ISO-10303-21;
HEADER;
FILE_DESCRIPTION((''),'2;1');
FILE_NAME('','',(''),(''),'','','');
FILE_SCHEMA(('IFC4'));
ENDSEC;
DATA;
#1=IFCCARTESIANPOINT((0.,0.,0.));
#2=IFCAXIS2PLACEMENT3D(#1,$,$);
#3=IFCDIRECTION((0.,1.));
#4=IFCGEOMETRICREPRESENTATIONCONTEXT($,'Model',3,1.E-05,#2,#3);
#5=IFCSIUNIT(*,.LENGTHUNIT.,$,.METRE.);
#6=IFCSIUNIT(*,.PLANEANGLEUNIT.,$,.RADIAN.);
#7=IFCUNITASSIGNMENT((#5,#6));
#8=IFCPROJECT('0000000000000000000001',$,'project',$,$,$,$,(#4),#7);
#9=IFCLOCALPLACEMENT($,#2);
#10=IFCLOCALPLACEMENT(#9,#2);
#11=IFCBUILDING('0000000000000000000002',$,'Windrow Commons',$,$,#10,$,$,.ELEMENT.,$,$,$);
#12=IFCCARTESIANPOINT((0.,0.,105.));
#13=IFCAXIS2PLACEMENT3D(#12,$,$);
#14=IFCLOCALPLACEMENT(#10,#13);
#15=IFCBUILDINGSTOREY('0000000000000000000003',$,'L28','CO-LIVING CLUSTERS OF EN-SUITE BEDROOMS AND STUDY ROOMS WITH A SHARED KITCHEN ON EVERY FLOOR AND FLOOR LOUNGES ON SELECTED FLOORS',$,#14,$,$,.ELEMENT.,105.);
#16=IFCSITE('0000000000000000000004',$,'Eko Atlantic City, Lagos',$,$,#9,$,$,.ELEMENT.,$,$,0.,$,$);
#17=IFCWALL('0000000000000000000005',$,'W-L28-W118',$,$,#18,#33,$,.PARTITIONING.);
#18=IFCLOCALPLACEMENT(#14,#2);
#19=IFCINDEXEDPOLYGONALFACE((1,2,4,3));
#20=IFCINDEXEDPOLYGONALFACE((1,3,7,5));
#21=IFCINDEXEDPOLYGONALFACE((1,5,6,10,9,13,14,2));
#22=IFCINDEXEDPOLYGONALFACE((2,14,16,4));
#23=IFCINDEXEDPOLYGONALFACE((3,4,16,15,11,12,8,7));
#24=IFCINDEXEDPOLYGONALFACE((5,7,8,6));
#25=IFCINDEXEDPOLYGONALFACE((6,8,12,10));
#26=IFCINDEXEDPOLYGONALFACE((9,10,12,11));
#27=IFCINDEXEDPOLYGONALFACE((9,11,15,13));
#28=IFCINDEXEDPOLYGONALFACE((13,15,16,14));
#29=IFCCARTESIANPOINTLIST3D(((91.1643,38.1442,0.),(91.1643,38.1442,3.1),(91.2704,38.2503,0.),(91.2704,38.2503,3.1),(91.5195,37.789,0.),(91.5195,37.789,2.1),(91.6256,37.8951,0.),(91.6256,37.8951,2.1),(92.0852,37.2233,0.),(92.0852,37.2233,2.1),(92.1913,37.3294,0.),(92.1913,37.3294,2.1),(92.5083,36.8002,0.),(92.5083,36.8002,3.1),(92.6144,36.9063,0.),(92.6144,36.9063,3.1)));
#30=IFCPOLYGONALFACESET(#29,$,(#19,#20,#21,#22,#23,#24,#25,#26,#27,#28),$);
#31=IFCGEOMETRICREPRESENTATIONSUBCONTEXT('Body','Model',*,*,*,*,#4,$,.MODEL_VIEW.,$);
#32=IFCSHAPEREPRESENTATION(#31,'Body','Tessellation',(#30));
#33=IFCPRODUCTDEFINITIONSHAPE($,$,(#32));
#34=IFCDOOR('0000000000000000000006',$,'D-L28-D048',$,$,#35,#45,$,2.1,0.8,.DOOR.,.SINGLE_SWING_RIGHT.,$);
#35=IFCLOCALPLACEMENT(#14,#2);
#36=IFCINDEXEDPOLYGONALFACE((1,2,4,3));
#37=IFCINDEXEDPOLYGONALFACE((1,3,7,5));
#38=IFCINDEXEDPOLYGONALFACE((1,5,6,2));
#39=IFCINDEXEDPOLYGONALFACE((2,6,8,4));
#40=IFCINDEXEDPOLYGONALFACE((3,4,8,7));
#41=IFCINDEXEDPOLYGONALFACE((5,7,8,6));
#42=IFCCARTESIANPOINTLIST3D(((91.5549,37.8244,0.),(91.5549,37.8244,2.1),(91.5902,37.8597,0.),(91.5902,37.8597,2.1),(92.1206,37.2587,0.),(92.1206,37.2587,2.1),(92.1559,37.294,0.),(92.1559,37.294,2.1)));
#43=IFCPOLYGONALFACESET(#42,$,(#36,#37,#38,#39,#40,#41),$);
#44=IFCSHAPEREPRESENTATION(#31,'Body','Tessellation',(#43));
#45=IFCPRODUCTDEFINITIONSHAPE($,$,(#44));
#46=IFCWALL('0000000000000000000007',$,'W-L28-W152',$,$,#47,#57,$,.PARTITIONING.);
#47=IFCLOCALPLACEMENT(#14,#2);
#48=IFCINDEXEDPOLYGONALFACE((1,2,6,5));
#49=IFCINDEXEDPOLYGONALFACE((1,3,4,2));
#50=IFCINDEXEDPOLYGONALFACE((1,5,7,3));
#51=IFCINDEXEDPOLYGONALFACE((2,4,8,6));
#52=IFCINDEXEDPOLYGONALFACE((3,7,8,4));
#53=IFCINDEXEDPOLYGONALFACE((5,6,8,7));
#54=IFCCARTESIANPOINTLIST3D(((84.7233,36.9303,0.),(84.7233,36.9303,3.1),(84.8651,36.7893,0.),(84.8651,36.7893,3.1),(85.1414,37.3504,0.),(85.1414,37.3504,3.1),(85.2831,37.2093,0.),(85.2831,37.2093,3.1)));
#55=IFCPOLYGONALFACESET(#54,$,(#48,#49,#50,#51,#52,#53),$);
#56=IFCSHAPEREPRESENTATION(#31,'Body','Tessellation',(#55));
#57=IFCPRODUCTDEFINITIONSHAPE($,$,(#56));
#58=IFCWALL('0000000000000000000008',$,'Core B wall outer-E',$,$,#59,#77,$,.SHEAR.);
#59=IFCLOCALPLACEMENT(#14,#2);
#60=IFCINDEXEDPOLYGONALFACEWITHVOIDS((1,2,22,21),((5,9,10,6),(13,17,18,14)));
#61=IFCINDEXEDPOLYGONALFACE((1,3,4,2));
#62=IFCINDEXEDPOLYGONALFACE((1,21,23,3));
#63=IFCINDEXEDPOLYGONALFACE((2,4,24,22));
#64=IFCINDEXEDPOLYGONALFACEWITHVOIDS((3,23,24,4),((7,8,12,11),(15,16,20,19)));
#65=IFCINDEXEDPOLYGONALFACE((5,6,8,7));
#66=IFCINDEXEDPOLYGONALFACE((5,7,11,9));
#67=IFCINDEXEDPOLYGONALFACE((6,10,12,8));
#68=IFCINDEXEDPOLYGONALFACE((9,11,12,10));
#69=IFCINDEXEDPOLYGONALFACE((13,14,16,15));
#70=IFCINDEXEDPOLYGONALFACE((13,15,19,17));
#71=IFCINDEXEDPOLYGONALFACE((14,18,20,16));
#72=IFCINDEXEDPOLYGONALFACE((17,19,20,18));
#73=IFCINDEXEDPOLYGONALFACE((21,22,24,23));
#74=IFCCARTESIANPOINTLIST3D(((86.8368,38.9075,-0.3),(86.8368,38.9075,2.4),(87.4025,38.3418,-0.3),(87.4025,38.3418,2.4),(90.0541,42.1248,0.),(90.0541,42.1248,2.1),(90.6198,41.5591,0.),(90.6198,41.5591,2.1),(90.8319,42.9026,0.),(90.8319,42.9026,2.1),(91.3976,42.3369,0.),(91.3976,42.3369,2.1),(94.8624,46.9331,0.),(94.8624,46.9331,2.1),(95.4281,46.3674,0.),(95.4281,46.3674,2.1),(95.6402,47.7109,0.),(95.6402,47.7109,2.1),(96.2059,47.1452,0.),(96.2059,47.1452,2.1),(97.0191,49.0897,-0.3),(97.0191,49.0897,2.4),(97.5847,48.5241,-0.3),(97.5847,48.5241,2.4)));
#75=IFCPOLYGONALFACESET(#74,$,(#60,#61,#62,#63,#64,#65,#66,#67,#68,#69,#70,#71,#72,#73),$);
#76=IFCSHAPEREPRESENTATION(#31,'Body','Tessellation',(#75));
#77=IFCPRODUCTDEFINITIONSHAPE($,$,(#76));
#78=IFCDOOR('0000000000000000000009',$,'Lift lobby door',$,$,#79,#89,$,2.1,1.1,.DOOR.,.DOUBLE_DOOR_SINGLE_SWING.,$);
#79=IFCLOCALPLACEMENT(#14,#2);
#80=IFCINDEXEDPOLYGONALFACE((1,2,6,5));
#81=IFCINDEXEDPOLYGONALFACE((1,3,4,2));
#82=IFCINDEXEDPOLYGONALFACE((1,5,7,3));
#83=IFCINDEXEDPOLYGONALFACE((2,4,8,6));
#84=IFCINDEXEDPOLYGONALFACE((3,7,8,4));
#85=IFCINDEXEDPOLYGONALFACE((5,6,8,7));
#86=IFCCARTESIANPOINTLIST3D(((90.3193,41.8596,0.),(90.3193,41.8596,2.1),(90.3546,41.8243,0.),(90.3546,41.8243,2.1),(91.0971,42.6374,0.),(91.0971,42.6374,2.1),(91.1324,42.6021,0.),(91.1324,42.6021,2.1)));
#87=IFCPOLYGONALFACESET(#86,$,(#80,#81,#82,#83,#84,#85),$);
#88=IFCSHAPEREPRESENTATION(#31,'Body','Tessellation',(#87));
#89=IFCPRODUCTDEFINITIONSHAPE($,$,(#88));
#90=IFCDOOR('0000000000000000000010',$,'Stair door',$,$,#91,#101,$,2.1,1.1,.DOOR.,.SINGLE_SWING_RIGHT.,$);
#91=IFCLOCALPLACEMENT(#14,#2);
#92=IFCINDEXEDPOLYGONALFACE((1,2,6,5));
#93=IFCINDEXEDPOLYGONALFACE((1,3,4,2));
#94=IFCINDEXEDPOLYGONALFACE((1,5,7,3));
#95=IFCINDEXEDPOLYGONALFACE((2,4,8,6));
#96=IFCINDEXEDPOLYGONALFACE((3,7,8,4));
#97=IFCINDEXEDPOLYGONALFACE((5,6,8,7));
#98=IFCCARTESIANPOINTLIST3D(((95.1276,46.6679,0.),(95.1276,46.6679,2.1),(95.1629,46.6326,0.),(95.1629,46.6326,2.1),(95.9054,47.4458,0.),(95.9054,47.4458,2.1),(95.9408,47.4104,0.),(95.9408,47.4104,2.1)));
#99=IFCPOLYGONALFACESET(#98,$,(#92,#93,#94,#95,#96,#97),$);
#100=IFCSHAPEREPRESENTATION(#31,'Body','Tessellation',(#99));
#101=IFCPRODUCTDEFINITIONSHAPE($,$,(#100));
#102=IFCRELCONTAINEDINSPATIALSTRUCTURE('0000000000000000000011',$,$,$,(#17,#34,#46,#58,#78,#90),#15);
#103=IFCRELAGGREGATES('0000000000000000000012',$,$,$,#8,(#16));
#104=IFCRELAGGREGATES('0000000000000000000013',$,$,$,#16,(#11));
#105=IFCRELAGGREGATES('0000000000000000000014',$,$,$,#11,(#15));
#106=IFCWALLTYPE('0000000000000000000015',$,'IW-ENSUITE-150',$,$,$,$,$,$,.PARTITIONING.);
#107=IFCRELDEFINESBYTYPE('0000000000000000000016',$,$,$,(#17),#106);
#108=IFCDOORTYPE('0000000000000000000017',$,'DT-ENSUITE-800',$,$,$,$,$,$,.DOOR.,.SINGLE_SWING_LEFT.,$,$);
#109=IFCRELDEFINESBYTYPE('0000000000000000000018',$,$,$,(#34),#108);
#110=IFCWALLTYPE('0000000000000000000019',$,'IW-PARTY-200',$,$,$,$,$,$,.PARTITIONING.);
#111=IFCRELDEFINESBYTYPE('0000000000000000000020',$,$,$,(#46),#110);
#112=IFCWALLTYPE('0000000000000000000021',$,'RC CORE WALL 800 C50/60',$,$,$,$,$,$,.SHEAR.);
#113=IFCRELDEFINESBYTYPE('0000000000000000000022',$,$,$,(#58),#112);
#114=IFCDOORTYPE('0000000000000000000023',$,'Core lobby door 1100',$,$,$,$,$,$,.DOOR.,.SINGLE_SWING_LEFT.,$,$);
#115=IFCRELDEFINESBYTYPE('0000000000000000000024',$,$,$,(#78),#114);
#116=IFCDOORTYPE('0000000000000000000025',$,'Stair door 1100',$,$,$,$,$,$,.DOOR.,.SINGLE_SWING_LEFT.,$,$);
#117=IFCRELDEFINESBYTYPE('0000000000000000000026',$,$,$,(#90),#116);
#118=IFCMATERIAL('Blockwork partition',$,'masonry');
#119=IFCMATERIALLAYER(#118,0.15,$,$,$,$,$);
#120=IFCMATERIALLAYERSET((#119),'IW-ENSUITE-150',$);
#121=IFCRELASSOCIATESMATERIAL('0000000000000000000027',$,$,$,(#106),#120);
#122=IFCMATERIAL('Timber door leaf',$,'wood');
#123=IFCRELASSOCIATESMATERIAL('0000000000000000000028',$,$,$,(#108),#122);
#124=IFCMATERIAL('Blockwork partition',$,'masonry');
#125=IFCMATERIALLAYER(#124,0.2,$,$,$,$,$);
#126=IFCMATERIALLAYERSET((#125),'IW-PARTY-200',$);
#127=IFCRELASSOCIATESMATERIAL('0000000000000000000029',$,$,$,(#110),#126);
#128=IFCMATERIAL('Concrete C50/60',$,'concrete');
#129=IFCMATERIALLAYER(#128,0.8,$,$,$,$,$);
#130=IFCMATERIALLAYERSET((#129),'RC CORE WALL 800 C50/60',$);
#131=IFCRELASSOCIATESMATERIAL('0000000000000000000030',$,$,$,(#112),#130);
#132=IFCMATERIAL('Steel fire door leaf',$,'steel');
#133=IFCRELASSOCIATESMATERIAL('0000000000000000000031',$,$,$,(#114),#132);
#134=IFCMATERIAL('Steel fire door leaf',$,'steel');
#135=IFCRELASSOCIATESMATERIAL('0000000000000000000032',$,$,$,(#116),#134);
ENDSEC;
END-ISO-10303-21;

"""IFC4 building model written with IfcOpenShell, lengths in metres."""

from ifc_helpers import new_model, si_unit, direction, frame, frame_2d, origin, place, context, subcontext, project, spatial, rectangle, extrude, material, layer, layer_set, type_object, element, fill, save


model = new_model("IFC4")

# Units and contexts
model_context = context("Model", 3, precision=1e-05, world=origin(), true_north=direction((0.0, 1.0)))
body_context = subcontext(model_context, "Body", "Model", "MODEL_VIEW")
ifc_project = project(units=[si_unit("LENGTHUNIT", "METRE"), si_unit("PLANEANGLEUNIT", "RADIAN")], contexts=[model_context])

# Site, building, storey
site_placement = place(None, origin())
site = spatial("IfcSite", under=ifc_project, at=site_placement, Name="Eko Atlantic City, Lagos", CompositionType="ELEMENT", RefElevation=0.0)
building_placement = place(site_placement, origin())
building = spatial("IfcBuilding", under=site, at=building_placement, Name="Windrow Commons", CompositionType="ELEMENT")
storey_placement = place(building_placement, frame((0.0, 0.0, 105.0)))
storey = spatial("IfcBuildingStorey", under=building, at=storey_placement, Name="L28", Description="CO-LIVING CLUSTERS OF EN-SUITE BEDROOMS AND STUDY ROOMS WITH A SHARED KITCHEN ON EVERY FLOOR AND FLOOR LOUNGES ON SELECTED FLOORS", CompositionType="ELEMENT", Elevation=105.0)

# Shared definitions
ifc_material_1 = material(Name="Blockwork partition", Category="masonry")
ifc_layer_1 = layer(ifc_material_1, 0.15)
ifc_layer_set_1 = layer_set([ifc_layer_1], Name="IW-ENSUITE-150")
wall_type_1 = type_object("IfcWallType", Name="IW-ENSUITE-150", PredefinedType="PARTITIONING", material=ifc_layer_set_1)

# Wall, opening, door
wall_1_placement = place(storey_placement, frame((91.2173, 38.1973, 0.0), z_axis=(0.0, 0.0, 1.0), x_axis=(0.707107, -0.707107, 0.0)))
wall_1 = element("IfcWall", 1, at=wall_1_placement, inside=storey, type_object=wall_type_1, Name="W-L28-W118", PredefinedType="PARTITIONING", context=body_context, shape_type="SweptSolid", body=[
    extrude(rectangle(XDim=1.9007, YDim=0.15, at=frame_2d((0.9504, 0.0))), origin(), (0.0, 0.0, 1.0), 3.1),
])
opening_1_placement = place(wall_1_placement, frame((0.5024, 0.0, 0.0)))
opening_1 = element("IfcOpeningElement", 2, at=opening_1_placement, cuts=wall_1, PredefinedType="OPENING", context=body_context, shape_type="SweptSolid", body=[
    extrude(rectangle(XDim=0.8, YDim=2.1, at=frame_2d((0.4, 1.05))), frame((0.0, 0.085, 0.0), z_axis=(0.0, -1.0, 0.0), x_axis=(1.0, 0.0, 0.0)), (0.0, 0.0, 1.0), 0.17),
])
ifc_material_2 = material(Name="Timber door leaf", Category="wood")
door_type_1 = type_object("IfcDoorType", Name="DT-ENSUITE-800", OperationType="SINGLE_SWING_LEFT", PredefinedType="DOOR", material=ifc_material_2)
door_1_placement = place(opening_1_placement, origin())
door_1 = element("IfcDoor", 3, at=door_1_placement, inside=storey, type_object=door_type_1, Name="D-L28-D048", OperationType="SINGLE_SWING_RIGHT", OverallHeight=2.1, OverallWidth=0.8, PredefinedType="DOOR", context=body_context, shape_type="SweptSolid", body=[
    extrude(rectangle(XDim=0.8, YDim=2.1, at=frame_2d((0.4, 1.05))), frame((0.0, 0.025, 0.0), z_axis=(0.0, -1.0, 0.0), x_axis=(1.0, 0.0, 0.0)), (0.0, 0.0, 1.0), 0.05),
])
fill(opening_1, door_1)

# Wall
ifc_material_3 = material(Name="Blockwork partition", Category="masonry")
ifc_layer_2 = layer(ifc_material_3, 0.2)
ifc_layer_set_2 = layer_set([ifc_layer_2], Name="IW-PARTY-200")
wall_type_2 = type_object("IfcWallType", Name="IW-PARTY-200", PredefinedType="PARTITIONING", material=ifc_layer_set_2)
wall_2_placement = place(storey_placement, frame((84.7942, 36.8598, 0.0), z_axis=(0.0, 0.0, 1.0), x_axis=(0.705417, 0.708792, 0.0)))
element("IfcWall", 4, at=wall_2_placement, inside=storey, type_object=wall_type_2, Name="W-L28-W152", PredefinedType="PARTITIONING", context=body_context, shape_type="SweptSolid", body=[
    extrude(rectangle(XDim=0.5926, YDim=0.2, at=frame_2d((0.2963, 0.0))), origin(), (0.0, 0.0, 1.0), 3.1),
])

# Wall, openings, doors
ifc_material_4 = material(Name="Concrete C50/60", Category="concrete")
ifc_layer_3 = layer(ifc_material_4, 0.8)
ifc_layer_set_3 = layer_set([ifc_layer_3], Name="RC CORE WALL 800 C50/60")
wall_type_3 = type_object("IfcWallType", Name="RC CORE WALL 800 C50/60", PredefinedType="SHEAR", material=ifc_layer_set_3)
wall_3_placement = place(storey_placement, frame((87.1196, 38.6246, -0.3), z_axis=(0.0, 0.0, 1.0), x_axis=(0.707107, 0.707107, 0.0)))
wall_3 = element("IfcWall", 5, at=wall_3_placement, inside=storey, type_object=wall_type_3, Name="Core B wall outer-E", PredefinedType="SHEAR", context=body_context, shape_type="SweptSolid", body=[
    extrude(rectangle(XDim=14.3999, YDim=0.8, at=frame_2d((7.2, 0.0))), origin(), (0.0, 0.0, 1.0), 2.7),
])
opening_2_placement = place(wall_3_placement, frame((4.55, 0.0, 0.3)))
opening_2 = element("IfcOpeningElement", 6, at=opening_2_placement, cuts=wall_3, PredefinedType="OPENING", context=body_context, shape_type="SweptSolid", body=[
    extrude(rectangle(XDim=1.1, YDim=2.1, at=frame_2d((0.55, 1.05))), frame((0.0, 0.41, 0.0), z_axis=(0.0, -1.0, 0.0), x_axis=(1.0, 0.0, 0.0)), (0.0, 0.0, 1.0), 0.82),
])
opening_3_placement = place(wall_3_placement, frame((11.35, 0.0, 0.3)))
opening_3 = element("IfcOpeningElement", 7, at=opening_3_placement, cuts=wall_3, PredefinedType="OPENING", context=body_context, shape_type="SweptSolid", body=[
    extrude(rectangle(XDim=1.1, YDim=2.1, at=frame_2d((0.55, 1.05))), frame((0.0, 0.41, 0.0), z_axis=(0.0, -1.0, 0.0), x_axis=(1.0, 0.0, 0.0)), (0.0, 0.0, 1.0), 0.82),
])
ifc_material_5 = material(Name="Steel fire door leaf", Category="steel")
door_type_2 = type_object("IfcDoorType", Name="Core lobby door 1100", OperationType="SINGLE_SWING_LEFT", PredefinedType="DOOR", material=ifc_material_5)
door_2_placement = place(opening_2_placement, origin())
door_2 = element("IfcDoor", 8, at=door_2_placement, inside=storey, type_object=door_type_2, Name="Lift lobby door", OperationType="DOUBLE_DOOR_SINGLE_SWING", OverallHeight=2.1, OverallWidth=1.1, PredefinedType="DOOR", context=body_context, shape_type="SweptSolid", body=[
    extrude(rectangle(XDim=1.1, YDim=2.1, at=frame_2d((0.55, 1.05))), frame((0.0, 0.025, 0.0), z_axis=(0.0, -1.0, 0.0), x_axis=(1.0, 0.0, 0.0)), (0.0, 0.0, 1.0), 0.05),
])
fill(opening_2, door_2)
ifc_material_6 = material(Name="Steel fire door leaf", Category="steel")
door_type_3 = type_object("IfcDoorType", Name="Stair door 1100", OperationType="SINGLE_SWING_LEFT", PredefinedType="DOOR", material=ifc_material_6)
door_3_placement = place(opening_3_placement, origin())
door_3 = element("IfcDoor", 9, at=door_3_placement, inside=storey, type_object=door_type_3, Name="Stair door", OperationType="SINGLE_SWING_RIGHT", OverallHeight=2.1, OverallWidth=1.1, PredefinedType="DOOR", context=body_context, shape_type="SweptSolid", body=[
    extrude(rectangle(XDim=1.1, YDim=2.1, at=frame_2d((0.55, 1.05))), frame((0.0, 0.025, 0.0), z_axis=(0.0, -1.0, 0.0), x_axis=(1.0, 0.0, 0.0)), (0.0, 0.0, 1.0), 0.05),
])
fill(opening_3, door_3)

save(model, "model.ifc")
